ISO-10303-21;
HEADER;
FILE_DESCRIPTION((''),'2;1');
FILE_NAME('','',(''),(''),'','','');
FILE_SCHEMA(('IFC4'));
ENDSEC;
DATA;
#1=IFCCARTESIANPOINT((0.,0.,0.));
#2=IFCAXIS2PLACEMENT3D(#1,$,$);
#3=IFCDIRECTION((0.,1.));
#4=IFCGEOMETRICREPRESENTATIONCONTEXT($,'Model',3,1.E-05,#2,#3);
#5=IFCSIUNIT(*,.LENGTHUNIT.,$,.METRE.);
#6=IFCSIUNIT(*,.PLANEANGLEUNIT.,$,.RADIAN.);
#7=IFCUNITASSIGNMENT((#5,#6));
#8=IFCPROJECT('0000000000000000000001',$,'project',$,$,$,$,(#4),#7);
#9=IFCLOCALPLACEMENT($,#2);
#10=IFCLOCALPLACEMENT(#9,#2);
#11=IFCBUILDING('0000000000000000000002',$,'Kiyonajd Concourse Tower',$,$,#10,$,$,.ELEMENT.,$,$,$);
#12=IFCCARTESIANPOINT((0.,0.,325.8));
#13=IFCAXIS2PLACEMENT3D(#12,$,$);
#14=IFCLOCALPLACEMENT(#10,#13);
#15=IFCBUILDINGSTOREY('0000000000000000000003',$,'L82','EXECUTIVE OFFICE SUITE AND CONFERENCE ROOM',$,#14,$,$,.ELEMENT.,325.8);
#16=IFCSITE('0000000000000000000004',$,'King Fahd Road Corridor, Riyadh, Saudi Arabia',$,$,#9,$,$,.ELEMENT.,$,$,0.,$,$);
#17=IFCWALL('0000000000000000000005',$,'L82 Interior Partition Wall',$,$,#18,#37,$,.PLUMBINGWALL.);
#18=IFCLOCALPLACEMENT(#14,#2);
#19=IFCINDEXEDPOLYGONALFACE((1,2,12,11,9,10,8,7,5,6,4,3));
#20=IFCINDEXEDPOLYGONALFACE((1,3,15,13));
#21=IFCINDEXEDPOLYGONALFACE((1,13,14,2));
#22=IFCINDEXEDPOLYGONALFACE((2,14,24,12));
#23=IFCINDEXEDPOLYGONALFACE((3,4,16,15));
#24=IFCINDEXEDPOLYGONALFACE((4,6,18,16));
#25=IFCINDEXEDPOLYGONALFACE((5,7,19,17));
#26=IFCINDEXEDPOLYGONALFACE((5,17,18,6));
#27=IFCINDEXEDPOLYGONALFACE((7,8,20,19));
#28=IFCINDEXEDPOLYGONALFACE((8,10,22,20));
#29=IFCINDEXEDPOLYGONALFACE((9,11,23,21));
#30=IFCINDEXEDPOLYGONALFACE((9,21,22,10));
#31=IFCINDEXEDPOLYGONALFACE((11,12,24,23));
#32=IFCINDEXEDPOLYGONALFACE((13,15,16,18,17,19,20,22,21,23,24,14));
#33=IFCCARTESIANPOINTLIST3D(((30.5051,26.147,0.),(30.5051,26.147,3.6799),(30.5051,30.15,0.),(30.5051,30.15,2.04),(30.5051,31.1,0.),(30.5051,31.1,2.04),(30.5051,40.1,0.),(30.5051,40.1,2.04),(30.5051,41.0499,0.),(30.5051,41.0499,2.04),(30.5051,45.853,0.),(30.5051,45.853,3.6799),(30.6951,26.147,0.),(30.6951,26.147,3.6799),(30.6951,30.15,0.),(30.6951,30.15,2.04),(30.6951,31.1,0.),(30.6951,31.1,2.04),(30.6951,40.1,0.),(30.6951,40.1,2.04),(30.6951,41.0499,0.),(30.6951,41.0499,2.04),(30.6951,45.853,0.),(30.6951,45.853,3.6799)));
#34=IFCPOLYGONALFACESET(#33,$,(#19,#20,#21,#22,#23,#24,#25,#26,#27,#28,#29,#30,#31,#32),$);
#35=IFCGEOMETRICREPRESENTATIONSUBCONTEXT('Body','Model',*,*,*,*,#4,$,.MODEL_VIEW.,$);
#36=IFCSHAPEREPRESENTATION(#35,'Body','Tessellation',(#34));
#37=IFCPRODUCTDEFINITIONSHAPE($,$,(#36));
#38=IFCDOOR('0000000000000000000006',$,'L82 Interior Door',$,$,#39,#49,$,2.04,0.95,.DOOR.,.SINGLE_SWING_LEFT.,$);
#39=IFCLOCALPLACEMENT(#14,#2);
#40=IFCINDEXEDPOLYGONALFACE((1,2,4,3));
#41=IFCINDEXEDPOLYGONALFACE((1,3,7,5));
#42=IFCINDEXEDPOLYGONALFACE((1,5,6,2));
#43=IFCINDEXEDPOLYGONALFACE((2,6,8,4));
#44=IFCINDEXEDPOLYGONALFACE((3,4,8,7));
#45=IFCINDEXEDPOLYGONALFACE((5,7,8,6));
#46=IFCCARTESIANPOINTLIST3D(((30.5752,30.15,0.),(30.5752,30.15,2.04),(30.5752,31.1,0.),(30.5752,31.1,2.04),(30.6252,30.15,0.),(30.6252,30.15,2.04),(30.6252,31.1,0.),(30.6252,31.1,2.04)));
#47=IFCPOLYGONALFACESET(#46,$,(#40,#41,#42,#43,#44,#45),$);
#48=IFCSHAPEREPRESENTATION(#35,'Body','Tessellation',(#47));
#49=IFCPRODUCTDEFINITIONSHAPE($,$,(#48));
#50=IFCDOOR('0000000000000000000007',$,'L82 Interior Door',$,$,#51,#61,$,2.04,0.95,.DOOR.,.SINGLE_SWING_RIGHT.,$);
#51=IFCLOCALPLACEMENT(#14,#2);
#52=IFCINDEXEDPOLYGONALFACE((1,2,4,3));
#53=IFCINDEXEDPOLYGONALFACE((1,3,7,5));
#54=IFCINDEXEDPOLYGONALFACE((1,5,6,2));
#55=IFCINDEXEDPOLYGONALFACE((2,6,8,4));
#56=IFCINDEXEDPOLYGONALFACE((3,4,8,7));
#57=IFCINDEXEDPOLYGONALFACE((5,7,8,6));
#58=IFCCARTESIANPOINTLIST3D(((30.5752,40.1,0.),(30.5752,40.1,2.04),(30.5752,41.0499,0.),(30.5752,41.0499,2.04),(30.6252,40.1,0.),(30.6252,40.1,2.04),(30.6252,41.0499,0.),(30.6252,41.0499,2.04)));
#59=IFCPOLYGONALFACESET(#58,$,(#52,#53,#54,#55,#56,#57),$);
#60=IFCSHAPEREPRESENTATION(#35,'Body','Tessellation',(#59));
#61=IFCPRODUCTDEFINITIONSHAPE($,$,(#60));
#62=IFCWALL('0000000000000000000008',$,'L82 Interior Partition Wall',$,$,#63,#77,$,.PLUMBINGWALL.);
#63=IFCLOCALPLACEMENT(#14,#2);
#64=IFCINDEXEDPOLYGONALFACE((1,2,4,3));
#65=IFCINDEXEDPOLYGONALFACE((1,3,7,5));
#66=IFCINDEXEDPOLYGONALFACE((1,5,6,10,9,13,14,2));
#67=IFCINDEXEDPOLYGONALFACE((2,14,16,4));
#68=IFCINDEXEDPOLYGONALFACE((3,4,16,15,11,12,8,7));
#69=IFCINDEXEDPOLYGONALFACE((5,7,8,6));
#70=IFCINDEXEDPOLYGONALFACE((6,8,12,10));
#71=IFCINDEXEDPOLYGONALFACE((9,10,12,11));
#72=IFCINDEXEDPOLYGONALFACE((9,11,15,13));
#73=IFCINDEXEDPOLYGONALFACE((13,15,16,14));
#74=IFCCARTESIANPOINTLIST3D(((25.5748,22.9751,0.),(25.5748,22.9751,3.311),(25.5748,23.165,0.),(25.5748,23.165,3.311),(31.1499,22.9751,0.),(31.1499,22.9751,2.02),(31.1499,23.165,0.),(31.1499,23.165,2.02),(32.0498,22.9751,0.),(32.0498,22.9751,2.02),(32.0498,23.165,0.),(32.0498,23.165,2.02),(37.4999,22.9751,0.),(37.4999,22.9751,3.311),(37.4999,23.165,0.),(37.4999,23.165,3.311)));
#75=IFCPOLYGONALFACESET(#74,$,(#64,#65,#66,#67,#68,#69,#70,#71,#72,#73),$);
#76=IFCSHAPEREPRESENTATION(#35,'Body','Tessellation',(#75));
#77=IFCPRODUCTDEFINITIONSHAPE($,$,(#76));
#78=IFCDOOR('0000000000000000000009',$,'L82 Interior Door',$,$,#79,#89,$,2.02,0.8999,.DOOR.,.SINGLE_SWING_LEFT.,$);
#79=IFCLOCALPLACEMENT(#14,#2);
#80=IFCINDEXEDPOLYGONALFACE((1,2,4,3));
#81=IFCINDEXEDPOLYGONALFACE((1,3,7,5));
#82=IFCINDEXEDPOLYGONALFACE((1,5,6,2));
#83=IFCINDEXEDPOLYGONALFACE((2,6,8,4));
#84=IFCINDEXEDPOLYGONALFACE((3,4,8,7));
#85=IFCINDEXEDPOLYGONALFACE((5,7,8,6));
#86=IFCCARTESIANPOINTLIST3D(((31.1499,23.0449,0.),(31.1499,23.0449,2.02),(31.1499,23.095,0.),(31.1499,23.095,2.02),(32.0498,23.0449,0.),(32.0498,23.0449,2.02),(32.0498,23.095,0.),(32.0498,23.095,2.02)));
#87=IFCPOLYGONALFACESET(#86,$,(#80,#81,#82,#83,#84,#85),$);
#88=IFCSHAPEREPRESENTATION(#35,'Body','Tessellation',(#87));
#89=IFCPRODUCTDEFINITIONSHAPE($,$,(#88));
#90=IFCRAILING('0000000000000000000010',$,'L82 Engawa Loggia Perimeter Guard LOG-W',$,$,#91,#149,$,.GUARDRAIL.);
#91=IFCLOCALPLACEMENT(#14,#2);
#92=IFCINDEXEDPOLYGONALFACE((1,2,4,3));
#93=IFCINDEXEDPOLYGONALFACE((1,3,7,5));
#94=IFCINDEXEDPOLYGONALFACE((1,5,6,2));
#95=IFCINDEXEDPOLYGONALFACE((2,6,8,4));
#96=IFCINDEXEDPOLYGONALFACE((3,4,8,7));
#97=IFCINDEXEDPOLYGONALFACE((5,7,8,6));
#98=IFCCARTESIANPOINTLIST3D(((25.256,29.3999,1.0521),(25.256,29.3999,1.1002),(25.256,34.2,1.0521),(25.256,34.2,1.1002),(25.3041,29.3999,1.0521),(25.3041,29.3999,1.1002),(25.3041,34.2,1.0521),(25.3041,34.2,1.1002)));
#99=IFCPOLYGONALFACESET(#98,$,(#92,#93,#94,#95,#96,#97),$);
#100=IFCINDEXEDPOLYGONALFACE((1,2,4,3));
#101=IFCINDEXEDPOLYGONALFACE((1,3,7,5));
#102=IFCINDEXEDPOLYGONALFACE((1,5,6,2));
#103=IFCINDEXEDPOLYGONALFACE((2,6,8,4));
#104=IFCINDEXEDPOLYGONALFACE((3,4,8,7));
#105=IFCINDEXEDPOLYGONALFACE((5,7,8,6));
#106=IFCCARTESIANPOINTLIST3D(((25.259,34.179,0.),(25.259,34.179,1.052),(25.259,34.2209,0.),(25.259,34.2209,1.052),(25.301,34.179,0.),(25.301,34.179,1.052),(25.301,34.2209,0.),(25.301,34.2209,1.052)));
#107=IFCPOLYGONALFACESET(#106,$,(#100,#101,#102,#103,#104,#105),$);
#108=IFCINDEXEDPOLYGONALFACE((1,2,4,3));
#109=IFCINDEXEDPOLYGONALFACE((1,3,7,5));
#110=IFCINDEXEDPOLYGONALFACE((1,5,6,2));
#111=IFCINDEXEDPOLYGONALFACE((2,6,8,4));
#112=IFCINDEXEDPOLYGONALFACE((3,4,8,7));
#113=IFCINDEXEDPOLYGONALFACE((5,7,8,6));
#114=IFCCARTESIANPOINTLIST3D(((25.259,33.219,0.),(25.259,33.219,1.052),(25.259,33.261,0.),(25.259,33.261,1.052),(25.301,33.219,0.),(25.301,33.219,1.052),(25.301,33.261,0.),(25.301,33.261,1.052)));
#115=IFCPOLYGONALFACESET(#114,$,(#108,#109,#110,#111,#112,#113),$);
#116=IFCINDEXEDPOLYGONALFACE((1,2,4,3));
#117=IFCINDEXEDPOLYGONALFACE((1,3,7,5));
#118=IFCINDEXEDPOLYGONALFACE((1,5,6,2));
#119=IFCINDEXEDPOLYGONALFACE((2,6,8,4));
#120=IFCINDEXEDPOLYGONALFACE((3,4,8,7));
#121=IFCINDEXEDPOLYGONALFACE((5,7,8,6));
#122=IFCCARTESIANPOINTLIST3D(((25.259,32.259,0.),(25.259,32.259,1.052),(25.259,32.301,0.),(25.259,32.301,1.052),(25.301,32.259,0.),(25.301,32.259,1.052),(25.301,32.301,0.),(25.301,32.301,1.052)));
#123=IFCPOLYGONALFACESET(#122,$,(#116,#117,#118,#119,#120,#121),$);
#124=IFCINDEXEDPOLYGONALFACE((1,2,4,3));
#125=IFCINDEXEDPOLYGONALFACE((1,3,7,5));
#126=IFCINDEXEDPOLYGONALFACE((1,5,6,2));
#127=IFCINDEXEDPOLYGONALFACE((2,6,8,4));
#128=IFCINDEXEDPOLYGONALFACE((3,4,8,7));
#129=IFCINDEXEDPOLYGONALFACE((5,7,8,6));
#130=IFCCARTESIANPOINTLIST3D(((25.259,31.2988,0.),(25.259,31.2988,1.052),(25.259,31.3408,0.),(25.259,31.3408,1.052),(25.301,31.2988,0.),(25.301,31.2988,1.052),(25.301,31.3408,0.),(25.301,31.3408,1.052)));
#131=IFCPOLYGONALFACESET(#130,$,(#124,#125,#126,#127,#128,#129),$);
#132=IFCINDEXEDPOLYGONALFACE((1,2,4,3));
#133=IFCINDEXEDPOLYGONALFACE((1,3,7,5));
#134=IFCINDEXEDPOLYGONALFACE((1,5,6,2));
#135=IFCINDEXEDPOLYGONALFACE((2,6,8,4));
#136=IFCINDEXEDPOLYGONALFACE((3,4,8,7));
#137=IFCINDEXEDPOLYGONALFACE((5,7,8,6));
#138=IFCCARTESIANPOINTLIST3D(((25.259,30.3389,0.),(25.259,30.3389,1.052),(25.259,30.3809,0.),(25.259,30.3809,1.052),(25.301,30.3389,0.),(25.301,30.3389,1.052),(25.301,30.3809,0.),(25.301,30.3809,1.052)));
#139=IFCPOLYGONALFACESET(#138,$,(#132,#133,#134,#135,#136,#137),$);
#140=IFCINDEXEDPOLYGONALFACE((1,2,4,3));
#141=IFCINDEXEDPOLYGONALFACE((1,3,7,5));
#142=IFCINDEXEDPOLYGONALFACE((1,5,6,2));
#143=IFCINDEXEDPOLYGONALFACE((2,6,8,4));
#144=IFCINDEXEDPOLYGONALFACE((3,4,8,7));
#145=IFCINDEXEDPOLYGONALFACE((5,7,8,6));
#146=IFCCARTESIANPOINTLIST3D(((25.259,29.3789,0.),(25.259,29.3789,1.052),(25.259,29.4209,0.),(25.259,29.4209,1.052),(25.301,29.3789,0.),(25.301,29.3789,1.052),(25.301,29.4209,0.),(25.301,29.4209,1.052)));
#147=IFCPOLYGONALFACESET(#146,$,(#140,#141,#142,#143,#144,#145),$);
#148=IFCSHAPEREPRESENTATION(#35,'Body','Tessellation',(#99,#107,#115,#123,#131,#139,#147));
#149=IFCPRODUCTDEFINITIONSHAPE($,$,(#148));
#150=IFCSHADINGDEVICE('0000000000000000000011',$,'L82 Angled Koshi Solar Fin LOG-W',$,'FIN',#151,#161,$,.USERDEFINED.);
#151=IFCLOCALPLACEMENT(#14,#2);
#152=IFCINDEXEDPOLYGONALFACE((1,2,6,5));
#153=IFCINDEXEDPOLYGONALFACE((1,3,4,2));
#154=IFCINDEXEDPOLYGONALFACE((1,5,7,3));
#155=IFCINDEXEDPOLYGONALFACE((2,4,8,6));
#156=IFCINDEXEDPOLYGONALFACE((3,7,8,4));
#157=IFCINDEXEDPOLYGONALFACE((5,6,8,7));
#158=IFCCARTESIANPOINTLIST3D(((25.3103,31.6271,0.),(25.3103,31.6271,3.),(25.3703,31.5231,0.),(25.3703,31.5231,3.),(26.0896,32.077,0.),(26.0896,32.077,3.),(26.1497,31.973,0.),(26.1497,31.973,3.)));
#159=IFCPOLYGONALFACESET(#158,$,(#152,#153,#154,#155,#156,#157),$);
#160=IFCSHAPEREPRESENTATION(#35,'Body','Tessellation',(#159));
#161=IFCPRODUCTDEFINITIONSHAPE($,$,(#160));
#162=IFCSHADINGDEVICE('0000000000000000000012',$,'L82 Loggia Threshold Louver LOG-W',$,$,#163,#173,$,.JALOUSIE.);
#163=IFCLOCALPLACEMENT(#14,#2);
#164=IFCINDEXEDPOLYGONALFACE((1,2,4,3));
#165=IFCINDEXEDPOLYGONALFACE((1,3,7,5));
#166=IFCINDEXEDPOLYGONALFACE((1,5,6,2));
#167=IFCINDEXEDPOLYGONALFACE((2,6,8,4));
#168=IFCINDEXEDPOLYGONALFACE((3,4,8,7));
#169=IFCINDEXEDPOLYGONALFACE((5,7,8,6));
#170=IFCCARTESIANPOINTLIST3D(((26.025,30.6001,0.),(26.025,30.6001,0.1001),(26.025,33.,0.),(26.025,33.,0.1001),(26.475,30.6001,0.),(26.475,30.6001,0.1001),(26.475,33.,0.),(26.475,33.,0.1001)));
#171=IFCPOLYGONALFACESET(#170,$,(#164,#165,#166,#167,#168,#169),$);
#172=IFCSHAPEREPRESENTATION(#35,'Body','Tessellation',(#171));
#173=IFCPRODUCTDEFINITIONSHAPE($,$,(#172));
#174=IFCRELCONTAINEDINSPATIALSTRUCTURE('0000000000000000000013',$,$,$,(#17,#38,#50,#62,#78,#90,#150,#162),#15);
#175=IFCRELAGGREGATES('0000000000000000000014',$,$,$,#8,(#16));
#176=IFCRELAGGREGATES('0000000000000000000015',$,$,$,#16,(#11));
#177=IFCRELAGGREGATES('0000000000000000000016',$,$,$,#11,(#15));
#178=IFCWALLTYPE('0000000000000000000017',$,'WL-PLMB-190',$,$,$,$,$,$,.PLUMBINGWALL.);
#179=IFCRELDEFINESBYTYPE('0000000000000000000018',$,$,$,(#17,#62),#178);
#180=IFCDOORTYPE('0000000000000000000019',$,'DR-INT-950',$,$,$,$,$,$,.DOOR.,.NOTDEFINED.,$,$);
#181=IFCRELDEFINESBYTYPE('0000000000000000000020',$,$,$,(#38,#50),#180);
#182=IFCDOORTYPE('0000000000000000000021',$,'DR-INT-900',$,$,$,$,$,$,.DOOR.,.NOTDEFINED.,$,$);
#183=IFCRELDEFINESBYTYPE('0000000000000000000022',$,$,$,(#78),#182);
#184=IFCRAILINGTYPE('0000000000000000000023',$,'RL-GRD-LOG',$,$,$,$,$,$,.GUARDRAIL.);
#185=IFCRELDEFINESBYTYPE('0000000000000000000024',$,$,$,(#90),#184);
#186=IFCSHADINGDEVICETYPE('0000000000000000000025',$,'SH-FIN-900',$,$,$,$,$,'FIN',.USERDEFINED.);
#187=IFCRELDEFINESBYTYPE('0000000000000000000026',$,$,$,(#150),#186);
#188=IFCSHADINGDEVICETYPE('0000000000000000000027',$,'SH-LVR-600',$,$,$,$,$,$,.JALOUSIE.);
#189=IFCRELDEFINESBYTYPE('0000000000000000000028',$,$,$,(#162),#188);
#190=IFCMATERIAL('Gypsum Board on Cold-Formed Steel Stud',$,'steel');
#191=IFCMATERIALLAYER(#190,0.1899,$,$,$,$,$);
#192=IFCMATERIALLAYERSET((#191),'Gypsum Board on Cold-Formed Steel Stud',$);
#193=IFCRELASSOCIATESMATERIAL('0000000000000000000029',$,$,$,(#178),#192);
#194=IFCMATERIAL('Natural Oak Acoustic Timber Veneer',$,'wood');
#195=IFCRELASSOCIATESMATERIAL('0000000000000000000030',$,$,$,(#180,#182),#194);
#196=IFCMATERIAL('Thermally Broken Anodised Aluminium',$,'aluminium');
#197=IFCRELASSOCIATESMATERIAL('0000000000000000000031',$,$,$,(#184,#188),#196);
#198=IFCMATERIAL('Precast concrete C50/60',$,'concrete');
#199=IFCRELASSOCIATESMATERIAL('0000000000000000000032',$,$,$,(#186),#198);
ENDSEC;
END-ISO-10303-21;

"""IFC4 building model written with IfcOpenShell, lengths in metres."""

from ifc_helpers import new_model, si_unit, direction, frame, frame_2d, origin, origin_2d, place, context, subcontext, project, spatial, rectangle, extrude, material, layer, layer_set, type_object, element, fill, save


model = new_model("IFC4")

# Units and contexts
model_context = context("Model", 3, precision=1e-05, world=origin(), true_north=direction((0.0, 1.0)))
body_context = subcontext(model_context, "Body", "Model", "MODEL_VIEW")
ifc_project = project(units=[si_unit("LENGTHUNIT", "METRE"), si_unit("PLANEANGLEUNIT", "RADIAN")], contexts=[model_context])

# Site, building, storey
site_placement = place(None, origin())
site = spatial("IfcSite", under=ifc_project, at=site_placement, Name="King Fahd Road Corridor, Riyadh, Saudi Arabia", CompositionType="ELEMENT", RefElevation=0.0)
building_placement = place(site_placement, origin())
building = spatial("IfcBuilding", under=site, at=building_placement, Name="Kiyonajd Concourse Tower", CompositionType="ELEMENT")
storey_placement = place(building_placement, frame((0.0, 0.0, 325.8)))
storey = spatial("IfcBuildingStorey", under=building, at=storey_placement, Name="L82", Description="EXECUTIVE OFFICE SUITE AND CONFERENCE ROOM", CompositionType="ELEMENT", Elevation=325.8)

# Shared definitions
ifc_material_1 = material(Name="Thermally Broken Anodised Aluminium", Category="aluminium")

# Shared definitions
ifc_material_2 = material(Name="Precast concrete C50/60", Category="concrete")

# Wall, openings, doors
ifc_material_3 = material(Name="Gypsum Board on Cold-Formed Steel Stud", Category="steel")
ifc_layer_1 = layer(ifc_material_3, 0.1899)
ifc_layer_set_1 = layer_set([ifc_layer_1], Name="Gypsum Board on Cold-Formed Steel Stud")
wall_type_1 = type_object("IfcWallType", Name="WL-PLMB-190", PredefinedType="PLUMBINGWALL", material=ifc_layer_set_1)
wall_1_placement = place(storey_placement, frame((30.6001, 26.147, 0.0), z_axis=(0.0, 0.0, 1.0), x_axis=(0.0, 1.0, 0.0)))
wall_1 = element("IfcWall", 1, at=wall_1_placement, inside=storey, type_object=wall_type_1, Name="L82 Interior Partition Wall", PredefinedType="PLUMBINGWALL", context=body_context, shape_type="SweptSolid", body=[
    extrude(rectangle(XDim=19.7061, YDim=0.1899, at=frame_2d((9.853, 0.0))), origin(), (0.0, 0.0, 1.0), 3.6799),
])
opening_1_placement = place(wall_1_placement, frame((4.0029, 0.0, 0.0)))
opening_1 = element("IfcOpeningElement", 2, at=opening_1_placement, cuts=wall_1, PredefinedType="OPENING", context=body_context, shape_type="SweptSolid", body=[
    extrude(rectangle(XDim=0.95, YDim=2.04, at=frame_2d((0.4751, 1.02))), frame((0.0, 0.105, 0.0), z_axis=(0.0, -1.0, 0.0), x_axis=(1.0, 0.0, 0.0)), (0.0, 0.0, 1.0), 0.21),
])
opening_2_placement = place(wall_1_placement, frame((13.9529, 0.0, 0.0)))
opening_2 = element("IfcOpeningElement", 3, at=opening_2_placement, cuts=wall_1, PredefinedType="OPENING", context=body_context, shape_type="SweptSolid", body=[
    extrude(rectangle(XDim=0.95, YDim=2.04, at=frame_2d((0.4751, 1.02))), frame((0.0, 0.105, 0.0), z_axis=(0.0, -1.0, 0.0), x_axis=(1.0, 0.0, 0.0)), (0.0, 0.0, 1.0), 0.21),
])
ifc_material_4 = material(Name="Natural Oak Acoustic Timber Veneer", Category="wood")
door_type_1 = type_object("IfcDoorType", Name="DR-INT-950", OperationType="NOTDEFINED", PredefinedType="DOOR", material=ifc_material_4)
door_1_placement = place(opening_1_placement, origin())
door_1 = element("IfcDoor", 4, at=door_1_placement, inside=storey, type_object=door_type_1, Name="L82 Interior Door", OperationType="SINGLE_SWING_LEFT", OverallHeight=2.04, OverallWidth=0.95, PredefinedType="DOOR", context=body_context, shape_type="SweptSolid", body=[
    extrude(rectangle(XDim=0.95, YDim=2.04, at=frame_2d((0.4751, 1.02))), frame((0.0, 0.0249, 0.0), z_axis=(0.0, -1.0, 0.0), x_axis=(1.0, 0.0, 0.0)), (0.0, 0.0, 1.0), 0.05),
])
fill(opening_1, door_1)
door_2_placement = place(opening_2_placement, origin())
door_2 = element("IfcDoor", 5, at=door_2_placement, inside=storey, type_object=door_type_1, Name="L82 Interior Door", OperationType="SINGLE_SWING_RIGHT", OverallHeight=2.04, OverallWidth=0.95, PredefinedType="DOOR", context=body_context, shape_type="SweptSolid", body=[
    extrude(rectangle(XDim=0.95, YDim=2.04, at=frame_2d((0.4751, 1.02))), frame((0.0, 0.0249, 0.0), z_axis=(0.0, -1.0, 0.0), x_axis=(1.0, 0.0, 0.0)), (0.0, 0.0, 1.0), 0.05),
])
fill(opening_2, door_2)

# Wall, opening, door
wall_2_placement = place(storey_placement, frame((25.575, 23.0701, 0.0), z_axis=(0.0, 0.0, 1.0), x_axis=(1.0, 0.0, 0.0)))
wall_2 = element("IfcWall", 6, at=wall_2_placement, inside=storey, type_object=wall_type_1, Name="L82 Interior Partition Wall", PredefinedType="PLUMBINGWALL", context=body_context, shape_type="SweptSolid", body=[
    extrude(rectangle(XDim=11.925, YDim=0.1899, at=frame_2d((5.9624, 0.0))), origin(), (0.0, 0.0, 1.0), 3.311),
])
opening_3_placement = place(wall_2_placement, frame((5.575, 0.0, 0.0)))
opening_3 = element("IfcOpeningElement", 7, at=opening_3_placement, cuts=wall_2, PredefinedType="OPENING", context=body_context, shape_type="SweptSolid", body=[
    extrude(rectangle(XDim=0.8999, YDim=2.02, at=frame_2d((0.45, 1.01))), frame((0.0, 0.105, 0.0), z_axis=(0.0, -1.0, 0.0), x_axis=(1.0, 0.0, 0.0)), (0.0, 0.0, 1.0), 0.21),
])
door_type_2 = type_object("IfcDoorType", Name="DR-INT-900", OperationType="NOTDEFINED", PredefinedType="DOOR", material=ifc_material_4)
door_3_placement = place(opening_3_placement, origin())
door_3 = element("IfcDoor", 8, at=door_3_placement, inside=storey, type_object=door_type_2, Name="L82 Interior Door", OperationType="SINGLE_SWING_LEFT", OverallHeight=2.02, OverallWidth=0.8999, PredefinedType="DOOR", context=body_context, shape_type="SweptSolid", body=[
    extrude(rectangle(XDim=0.8999, YDim=2.02, at=frame_2d((0.45, 1.01))), frame((0.0, 0.0249, 0.0), z_axis=(0.0, -1.0, 0.0), x_axis=(1.0, 0.0, 0.0)), (0.0, 0.0, 1.0), 0.05),
])
fill(opening_3, door_3)

# Railing
railing_type = type_object("IfcRailingType", Name="RL-GRD-LOG", PredefinedType="GUARDRAIL", material=ifc_material_1)
railing_placement = place(storey_placement, frame((25.28, 34.2, 0.0)))
element("IfcRailing", 9, at=railing_placement, inside=storey, type_object=railing_type, Name="L82 Engawa Loggia Perimeter Guard LOG-W", PredefinedType="GUARDRAIL", context=body_context, shape_type="SweptSolid", body=[
    extrude(rectangle(XDim=0.0481, YDim=0.0481, at=origin_2d()), frame((0.0, 0.0, 1.0762), z_axis=(0.0, -1.0, 0.0), x_axis=(1.0, 0.0, 0.0)), (0.0, 0.0, 1.0), 4.8),
    extrude(rectangle(XDim=0.042, YDim=0.042, at=origin_2d()), origin(), (0.0, 0.0, 1.0), 1.052),
    extrude(rectangle(XDim=0.042, YDim=0.042, at=origin_2d()), frame((0.0, -0.96, 0.0)), (0.0, 0.0, 1.0), 1.052),
    extrude(rectangle(XDim=0.042, YDim=0.042, at=origin_2d()), frame((0.0, -1.9199, 0.0)), (0.0, 0.0, 1.0), 1.052),
    extrude(rectangle(XDim=0.042, YDim=0.042, at=origin_2d()), frame((0.0, -2.8801, 0.0)), (0.0, 0.0, 1.0), 1.052),
    extrude(rectangle(XDim=0.042, YDim=0.042, at=origin_2d()), frame((0.0, -3.8401, 0.0)), (0.0, 0.0, 1.0), 1.052),
    extrude(rectangle(XDim=0.042, YDim=0.042, at=origin_2d()), frame((0.0, -4.8, 0.0)), (0.0, 0.0, 1.0), 1.052),
])

# Shading devices
shading_device_type_1 = type_object("IfcShadingDeviceType", Name="SH-FIN-900", ElementType="FIN", PredefinedType="USERDEFINED", material=ifc_material_2)
shading_device_1_placement = place(storey_placement, frame((25.73, 31.8, 0.0), z_axis=(0.0, 0.0, 1.0), x_axis=(0.866025, 0.5, 0.0)))
element("IfcShadingDevice", 10, at=shading_device_1_placement, inside=storey, type_object=shading_device_type_1, Name="L82 Angled Koshi Solar Fin LOG-W", ObjectType="FIN", PredefinedType="USERDEFINED", context=body_context, shape_type="SweptSolid", body=[
    extrude(rectangle(XDim=0.8999, YDim=0.1201, at=origin_2d()), origin(), (0.0, 0.0, 1.0), 3.0),
])
shading_device_type_2 = type_object("IfcShadingDeviceType", Name="SH-LVR-600", PredefinedType="JALOUSIE", material=ifc_material_1)
shading_device_2_placement = place(storey_placement, frame((26.25, 31.8, 0.0), z_axis=(0.0, 0.0, 1.0), x_axis=(0.0, 1.0, 0.0)))
element("IfcShadingDevice", 11, at=shading_device_2_placement, inside=storey, type_object=shading_device_type_2, Name="L82 Loggia Threshold Louver LOG-W", PredefinedType="JALOUSIE", context=body_context, shape_type="SweptSolid", body=[
    extrude(rectangle(XDim=2.3999, YDim=0.45, at=origin_2d()), origin(), (0.0, 0.0, 1.0), 0.1001),
])

save(model, "model.ifc")
